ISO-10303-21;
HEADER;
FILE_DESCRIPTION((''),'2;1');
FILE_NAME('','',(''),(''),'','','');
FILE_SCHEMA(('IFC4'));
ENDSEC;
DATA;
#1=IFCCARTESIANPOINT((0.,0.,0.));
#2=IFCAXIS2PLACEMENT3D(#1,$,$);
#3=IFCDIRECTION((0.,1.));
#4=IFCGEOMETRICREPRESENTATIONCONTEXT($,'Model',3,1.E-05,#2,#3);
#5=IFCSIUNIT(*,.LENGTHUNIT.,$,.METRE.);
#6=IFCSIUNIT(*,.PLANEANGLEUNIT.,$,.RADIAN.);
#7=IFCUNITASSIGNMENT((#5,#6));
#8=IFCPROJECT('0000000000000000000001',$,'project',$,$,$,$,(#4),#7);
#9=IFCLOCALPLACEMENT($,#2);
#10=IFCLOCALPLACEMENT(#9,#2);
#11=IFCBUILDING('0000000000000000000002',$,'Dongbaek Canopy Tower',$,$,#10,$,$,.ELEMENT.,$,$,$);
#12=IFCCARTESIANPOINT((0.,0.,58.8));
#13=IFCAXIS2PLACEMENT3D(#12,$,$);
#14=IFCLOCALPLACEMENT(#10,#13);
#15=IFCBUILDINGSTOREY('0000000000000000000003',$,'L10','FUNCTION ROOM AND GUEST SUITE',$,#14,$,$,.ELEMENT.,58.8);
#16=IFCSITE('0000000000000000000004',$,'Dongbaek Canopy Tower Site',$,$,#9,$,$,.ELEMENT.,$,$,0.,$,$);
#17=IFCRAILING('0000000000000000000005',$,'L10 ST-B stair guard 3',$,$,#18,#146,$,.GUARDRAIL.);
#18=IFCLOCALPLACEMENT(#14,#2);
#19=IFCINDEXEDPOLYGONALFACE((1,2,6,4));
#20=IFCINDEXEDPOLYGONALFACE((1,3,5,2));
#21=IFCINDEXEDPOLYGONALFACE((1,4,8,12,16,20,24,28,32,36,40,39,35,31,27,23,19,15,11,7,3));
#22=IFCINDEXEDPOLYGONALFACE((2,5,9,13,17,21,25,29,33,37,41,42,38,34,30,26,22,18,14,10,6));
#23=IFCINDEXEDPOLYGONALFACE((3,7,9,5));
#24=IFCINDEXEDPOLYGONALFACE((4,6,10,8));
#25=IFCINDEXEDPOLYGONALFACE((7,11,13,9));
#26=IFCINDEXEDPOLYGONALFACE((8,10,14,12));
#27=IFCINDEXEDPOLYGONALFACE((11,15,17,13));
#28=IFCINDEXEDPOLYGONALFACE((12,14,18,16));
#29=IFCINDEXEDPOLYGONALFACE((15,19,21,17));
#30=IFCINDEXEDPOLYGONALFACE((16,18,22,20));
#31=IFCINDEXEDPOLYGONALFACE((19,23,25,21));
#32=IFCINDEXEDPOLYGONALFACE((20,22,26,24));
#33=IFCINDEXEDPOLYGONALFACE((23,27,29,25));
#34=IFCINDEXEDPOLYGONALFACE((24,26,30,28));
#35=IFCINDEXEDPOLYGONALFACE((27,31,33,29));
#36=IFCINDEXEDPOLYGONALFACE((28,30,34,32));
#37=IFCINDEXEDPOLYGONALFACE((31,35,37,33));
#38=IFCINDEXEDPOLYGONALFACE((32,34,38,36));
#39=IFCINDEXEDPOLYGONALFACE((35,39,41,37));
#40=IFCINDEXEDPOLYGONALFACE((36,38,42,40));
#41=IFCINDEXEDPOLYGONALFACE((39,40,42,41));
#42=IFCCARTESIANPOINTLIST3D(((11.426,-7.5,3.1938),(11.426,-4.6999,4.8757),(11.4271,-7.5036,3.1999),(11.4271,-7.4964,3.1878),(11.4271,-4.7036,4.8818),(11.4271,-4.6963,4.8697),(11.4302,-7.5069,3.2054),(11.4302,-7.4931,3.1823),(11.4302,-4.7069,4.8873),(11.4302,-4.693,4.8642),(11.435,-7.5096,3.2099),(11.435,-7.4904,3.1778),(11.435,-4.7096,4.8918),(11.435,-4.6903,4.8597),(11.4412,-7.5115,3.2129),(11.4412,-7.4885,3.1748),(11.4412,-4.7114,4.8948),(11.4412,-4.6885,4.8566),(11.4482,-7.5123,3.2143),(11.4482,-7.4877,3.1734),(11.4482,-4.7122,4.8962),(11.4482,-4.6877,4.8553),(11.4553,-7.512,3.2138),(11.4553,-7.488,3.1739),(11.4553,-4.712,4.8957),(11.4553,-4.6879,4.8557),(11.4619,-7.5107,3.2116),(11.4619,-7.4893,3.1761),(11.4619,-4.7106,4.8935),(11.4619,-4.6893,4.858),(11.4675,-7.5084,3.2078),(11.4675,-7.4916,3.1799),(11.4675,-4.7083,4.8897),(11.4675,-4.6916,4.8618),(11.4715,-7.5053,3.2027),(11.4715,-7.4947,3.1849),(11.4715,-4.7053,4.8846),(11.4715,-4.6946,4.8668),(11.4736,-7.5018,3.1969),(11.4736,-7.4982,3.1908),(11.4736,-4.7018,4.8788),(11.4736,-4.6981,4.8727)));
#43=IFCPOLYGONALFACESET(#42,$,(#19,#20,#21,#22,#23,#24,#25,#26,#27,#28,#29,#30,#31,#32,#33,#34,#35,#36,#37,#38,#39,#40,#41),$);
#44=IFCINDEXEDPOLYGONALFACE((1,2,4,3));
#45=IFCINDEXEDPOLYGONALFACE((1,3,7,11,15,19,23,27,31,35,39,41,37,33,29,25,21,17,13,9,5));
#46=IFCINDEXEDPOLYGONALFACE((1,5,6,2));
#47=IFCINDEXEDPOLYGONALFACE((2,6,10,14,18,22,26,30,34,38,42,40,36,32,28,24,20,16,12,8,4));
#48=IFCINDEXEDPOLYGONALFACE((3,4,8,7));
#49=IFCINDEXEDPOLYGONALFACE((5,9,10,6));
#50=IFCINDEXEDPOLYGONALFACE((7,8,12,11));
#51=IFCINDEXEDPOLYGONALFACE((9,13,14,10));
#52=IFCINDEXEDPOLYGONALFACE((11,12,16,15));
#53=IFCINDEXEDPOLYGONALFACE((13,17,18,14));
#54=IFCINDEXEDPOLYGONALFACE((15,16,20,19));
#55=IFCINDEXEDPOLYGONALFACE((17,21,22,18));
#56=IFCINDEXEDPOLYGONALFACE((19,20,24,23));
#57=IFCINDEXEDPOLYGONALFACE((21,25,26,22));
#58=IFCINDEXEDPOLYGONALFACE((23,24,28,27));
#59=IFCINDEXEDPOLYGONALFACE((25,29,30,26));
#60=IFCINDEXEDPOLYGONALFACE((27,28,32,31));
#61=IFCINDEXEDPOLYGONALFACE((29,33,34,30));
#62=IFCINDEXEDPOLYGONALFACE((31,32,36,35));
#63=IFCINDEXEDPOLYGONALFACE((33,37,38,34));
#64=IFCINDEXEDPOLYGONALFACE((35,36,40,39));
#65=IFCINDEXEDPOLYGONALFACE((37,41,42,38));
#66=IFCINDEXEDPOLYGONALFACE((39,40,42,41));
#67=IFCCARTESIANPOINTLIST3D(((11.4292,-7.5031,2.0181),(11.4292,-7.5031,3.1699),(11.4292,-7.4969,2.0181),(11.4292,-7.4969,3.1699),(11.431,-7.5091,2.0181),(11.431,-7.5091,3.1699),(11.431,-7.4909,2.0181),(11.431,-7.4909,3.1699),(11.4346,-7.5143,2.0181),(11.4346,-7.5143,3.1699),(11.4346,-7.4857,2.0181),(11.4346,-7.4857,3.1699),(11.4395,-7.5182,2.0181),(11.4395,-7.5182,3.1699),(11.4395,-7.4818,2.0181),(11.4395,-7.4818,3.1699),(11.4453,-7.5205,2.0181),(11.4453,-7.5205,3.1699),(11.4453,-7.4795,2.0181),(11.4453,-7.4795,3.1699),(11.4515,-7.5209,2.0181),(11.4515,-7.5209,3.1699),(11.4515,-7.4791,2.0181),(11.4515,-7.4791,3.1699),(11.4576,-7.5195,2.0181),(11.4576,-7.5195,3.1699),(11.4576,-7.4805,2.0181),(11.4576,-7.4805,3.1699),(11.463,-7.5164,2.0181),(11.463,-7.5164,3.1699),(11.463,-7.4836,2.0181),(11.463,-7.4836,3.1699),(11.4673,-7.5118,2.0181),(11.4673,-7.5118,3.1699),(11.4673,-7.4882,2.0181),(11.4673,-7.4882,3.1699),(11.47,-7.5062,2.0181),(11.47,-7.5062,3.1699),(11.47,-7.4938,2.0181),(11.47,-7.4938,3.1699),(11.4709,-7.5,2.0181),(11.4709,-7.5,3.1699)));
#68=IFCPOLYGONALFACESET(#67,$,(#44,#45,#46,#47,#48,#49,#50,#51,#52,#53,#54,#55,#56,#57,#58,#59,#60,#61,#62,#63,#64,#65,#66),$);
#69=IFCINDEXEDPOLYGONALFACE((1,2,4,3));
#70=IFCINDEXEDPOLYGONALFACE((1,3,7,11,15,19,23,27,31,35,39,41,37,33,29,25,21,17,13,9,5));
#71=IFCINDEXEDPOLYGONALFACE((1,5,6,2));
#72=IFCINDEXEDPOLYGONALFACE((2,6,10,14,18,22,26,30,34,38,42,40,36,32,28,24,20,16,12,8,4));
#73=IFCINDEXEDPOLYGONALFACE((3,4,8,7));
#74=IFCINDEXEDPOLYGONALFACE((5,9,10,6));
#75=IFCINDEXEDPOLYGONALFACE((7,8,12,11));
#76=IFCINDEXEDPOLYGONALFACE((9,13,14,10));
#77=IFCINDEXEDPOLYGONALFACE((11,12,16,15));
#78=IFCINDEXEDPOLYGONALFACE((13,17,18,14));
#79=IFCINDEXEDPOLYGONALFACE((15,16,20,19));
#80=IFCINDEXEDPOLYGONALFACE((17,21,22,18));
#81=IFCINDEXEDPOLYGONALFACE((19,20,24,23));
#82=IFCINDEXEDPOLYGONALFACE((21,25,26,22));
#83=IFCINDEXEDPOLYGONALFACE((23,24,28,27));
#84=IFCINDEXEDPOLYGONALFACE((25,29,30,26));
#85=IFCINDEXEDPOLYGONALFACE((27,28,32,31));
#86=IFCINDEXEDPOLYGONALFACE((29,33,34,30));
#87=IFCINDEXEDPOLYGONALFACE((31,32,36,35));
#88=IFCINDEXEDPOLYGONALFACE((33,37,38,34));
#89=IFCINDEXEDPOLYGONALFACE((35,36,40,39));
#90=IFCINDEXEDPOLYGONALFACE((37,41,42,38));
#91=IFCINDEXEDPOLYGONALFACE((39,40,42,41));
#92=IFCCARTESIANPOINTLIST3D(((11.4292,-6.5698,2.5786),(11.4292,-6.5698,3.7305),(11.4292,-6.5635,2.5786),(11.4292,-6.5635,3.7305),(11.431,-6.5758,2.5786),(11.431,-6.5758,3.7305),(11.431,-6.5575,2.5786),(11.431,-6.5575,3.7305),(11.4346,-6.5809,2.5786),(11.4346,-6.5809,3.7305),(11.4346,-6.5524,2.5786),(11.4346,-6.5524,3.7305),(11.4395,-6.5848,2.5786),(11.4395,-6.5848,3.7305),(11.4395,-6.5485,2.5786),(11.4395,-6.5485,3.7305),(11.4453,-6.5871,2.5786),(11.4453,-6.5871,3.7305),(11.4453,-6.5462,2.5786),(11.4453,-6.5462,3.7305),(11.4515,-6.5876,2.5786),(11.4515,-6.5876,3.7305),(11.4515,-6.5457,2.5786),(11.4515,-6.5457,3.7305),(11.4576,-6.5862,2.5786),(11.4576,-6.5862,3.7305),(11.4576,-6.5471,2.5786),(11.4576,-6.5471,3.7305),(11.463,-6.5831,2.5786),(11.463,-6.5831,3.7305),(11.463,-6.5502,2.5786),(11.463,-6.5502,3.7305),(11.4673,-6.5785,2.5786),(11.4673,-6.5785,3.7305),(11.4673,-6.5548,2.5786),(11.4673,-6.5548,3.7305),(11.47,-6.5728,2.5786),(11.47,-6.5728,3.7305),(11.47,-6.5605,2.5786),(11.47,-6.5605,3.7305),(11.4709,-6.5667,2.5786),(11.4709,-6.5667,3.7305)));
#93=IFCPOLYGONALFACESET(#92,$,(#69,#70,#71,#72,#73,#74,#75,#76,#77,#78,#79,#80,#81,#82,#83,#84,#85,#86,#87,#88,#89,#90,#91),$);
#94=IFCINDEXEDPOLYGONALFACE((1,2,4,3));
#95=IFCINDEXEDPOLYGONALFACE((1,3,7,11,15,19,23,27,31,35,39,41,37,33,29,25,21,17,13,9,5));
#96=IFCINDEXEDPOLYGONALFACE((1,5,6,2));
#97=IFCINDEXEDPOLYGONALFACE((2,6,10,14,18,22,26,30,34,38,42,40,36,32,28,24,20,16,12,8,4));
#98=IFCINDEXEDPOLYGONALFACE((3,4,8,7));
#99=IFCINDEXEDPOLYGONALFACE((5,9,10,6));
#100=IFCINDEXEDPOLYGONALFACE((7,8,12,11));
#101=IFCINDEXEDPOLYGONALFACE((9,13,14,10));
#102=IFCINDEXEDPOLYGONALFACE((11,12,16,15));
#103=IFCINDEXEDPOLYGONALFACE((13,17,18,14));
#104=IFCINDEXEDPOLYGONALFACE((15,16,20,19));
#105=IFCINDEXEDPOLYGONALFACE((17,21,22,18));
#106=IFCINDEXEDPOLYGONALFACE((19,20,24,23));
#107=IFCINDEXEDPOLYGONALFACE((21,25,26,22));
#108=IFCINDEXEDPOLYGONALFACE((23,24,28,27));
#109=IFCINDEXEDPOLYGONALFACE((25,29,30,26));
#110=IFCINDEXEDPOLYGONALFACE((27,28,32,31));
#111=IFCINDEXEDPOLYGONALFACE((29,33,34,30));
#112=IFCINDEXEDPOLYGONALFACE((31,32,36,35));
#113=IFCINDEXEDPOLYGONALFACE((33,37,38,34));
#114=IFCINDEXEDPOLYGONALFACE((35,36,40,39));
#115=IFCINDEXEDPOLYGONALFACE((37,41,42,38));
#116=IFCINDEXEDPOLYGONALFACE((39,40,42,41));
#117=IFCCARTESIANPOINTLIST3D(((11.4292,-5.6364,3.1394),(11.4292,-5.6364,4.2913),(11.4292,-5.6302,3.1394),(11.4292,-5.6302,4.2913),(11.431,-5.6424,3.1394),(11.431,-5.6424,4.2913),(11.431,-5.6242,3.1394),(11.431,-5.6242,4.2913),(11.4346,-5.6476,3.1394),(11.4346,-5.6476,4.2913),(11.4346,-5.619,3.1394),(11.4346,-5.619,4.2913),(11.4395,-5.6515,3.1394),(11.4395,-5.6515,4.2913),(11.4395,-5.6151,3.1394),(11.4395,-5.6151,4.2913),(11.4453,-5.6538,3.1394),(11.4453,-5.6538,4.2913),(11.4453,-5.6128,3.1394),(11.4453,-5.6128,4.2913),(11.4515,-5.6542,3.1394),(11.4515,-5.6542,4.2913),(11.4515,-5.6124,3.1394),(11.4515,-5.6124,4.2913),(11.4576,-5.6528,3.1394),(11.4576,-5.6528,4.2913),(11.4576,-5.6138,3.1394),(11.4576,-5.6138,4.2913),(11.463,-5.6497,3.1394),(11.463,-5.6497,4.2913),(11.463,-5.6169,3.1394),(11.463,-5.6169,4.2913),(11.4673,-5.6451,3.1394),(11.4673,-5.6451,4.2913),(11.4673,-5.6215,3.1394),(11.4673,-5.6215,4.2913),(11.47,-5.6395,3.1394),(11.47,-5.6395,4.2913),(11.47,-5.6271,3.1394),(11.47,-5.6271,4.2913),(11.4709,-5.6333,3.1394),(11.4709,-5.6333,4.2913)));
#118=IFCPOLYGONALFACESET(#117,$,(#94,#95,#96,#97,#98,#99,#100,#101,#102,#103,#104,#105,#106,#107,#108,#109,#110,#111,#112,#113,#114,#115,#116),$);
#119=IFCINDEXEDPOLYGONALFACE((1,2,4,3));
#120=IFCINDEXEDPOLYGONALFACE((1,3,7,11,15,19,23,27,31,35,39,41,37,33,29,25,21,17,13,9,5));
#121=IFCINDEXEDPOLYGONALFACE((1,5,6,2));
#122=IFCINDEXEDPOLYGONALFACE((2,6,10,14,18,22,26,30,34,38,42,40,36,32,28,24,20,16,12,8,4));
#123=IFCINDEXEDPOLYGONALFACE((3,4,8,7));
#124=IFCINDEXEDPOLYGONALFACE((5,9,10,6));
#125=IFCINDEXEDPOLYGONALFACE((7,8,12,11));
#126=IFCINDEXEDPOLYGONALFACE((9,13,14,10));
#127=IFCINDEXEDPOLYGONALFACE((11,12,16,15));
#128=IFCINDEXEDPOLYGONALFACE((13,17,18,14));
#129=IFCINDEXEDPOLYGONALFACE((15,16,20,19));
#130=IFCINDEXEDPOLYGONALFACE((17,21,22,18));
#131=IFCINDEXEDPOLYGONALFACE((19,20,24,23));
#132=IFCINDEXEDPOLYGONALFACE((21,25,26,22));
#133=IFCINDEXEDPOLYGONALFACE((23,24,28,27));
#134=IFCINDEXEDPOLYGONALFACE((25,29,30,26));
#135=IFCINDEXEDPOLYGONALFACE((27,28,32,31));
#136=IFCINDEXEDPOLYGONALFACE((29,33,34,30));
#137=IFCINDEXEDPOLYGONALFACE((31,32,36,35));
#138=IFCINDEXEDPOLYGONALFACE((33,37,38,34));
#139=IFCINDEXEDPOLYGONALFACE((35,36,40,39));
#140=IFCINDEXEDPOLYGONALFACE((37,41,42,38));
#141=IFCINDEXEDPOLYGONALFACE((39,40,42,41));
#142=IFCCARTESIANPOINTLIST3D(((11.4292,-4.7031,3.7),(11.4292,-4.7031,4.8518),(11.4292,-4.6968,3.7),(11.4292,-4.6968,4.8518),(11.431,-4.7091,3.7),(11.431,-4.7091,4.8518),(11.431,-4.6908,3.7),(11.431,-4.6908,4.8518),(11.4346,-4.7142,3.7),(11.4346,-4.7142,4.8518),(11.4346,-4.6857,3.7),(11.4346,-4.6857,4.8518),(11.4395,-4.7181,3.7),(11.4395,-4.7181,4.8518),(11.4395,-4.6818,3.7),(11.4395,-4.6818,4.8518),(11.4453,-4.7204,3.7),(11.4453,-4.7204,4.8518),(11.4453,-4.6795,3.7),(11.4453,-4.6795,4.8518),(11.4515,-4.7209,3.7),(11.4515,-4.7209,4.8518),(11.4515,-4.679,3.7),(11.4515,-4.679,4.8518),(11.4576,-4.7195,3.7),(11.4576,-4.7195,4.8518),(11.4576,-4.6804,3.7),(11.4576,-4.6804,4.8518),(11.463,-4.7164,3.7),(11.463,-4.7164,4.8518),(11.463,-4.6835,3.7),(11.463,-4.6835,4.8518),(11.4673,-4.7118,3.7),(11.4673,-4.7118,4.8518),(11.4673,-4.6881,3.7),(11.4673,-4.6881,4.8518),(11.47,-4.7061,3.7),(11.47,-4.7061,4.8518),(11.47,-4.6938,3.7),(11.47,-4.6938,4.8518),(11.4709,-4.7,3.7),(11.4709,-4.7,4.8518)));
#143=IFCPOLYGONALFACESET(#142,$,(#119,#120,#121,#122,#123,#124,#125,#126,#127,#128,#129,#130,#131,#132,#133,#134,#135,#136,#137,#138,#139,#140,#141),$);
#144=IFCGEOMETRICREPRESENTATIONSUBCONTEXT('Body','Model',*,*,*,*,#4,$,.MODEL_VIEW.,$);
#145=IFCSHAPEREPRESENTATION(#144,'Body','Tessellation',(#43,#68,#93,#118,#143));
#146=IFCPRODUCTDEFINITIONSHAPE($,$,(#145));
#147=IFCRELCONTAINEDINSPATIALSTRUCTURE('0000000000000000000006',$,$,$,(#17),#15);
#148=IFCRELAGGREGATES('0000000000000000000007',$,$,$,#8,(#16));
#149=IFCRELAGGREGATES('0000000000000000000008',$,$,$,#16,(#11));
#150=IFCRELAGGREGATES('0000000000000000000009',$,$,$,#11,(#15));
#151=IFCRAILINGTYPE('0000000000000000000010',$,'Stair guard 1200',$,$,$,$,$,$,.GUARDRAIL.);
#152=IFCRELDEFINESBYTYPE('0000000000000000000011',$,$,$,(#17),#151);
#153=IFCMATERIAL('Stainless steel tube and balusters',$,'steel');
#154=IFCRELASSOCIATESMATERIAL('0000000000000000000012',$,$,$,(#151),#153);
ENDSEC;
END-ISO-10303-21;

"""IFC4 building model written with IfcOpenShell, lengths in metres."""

from ifc_helpers import new_model, si_unit, direction, frame, origin, origin_2d, place, context, subcontext, project, spatial, circle, extrude, material, type_object, element, save


model = new_model("IFC4")

# Units and contexts
model_context = context("Model", 3, precision=1e-05, world=origin(), true_north=direction((0.0, 1.0)))
body_context = subcontext(model_context, "Body", "Model", "MODEL_VIEW")
ifc_project = project(units=[si_unit("LENGTHUNIT", "METRE"), si_unit("PLANEANGLEUNIT", "RADIAN")], contexts=[model_context])

# Site, building, storey
site_placement = place(None, origin())
site = spatial("IfcSite", under=ifc_project, at=site_placement, Name="Dongbaek Canopy Tower Site", CompositionType="ELEMENT", RefElevation=0.0)
building_placement = place(site_placement, origin())
building = spatial("IfcBuilding", under=site, at=building_placement, Name="Dongbaek Canopy Tower", CompositionType="ELEMENT")
storey_placement = place(building_placement, frame((0.0, 0.0, 58.8)))
storey = spatial("IfcBuildingStorey", under=building, at=storey_placement, Name="L10", Description="FUNCTION ROOM AND GUEST SUITE", CompositionType="ELEMENT", Elevation=58.8)

# Railing
ifc_material_1 = material(Name="Stainless steel tube and balusters", Category="steel")
railing_type_1 = type_object("IfcRailingType", Name="Stair guard 1200", PredefinedType="GUARDRAIL", material=ifc_material_1)
railing_1_placement = place(storey_placement, frame((11.45, -7.5, 2.0181)))
element("IfcRailing", 1, at=railing_1_placement, inside=storey, type_object=railing_type_1, Name="L10 ST-B stair guard 3", PredefinedType="GUARDRAIL", context=body_context, shape_type="SweptSolid", body=[
    extrude(circle(Radius=0.0239, at=origin_2d()), frame((0.0, 0.0, 1.1758), z_axis=(0.0, 0.857242, 0.514913), x_axis=(-1.0, 0.0, 0.0)), (0.0, 0.0, 1.0), 3.2664),
    extrude(circle(Radius=0.021, at=origin_2d()), origin(), (0.0, 0.0, 1.0), 1.1519),
    extrude(circle(Radius=0.021, at=origin_2d()), frame((0.0, 0.9333, 0.5605)), (0.0, 0.0, 1.0), 1.1519),
    extrude(circle(Radius=0.021, at=origin_2d()), frame((0.0, 1.8667, 1.1213)), (0.0, 0.0, 1.0), 1.1519),
    extrude(circle(Radius=0.021, at=origin_2d()), frame((0.0, 2.8, 1.6819)), (0.0, 0.0, 1.0), 1.1519),
])

save(model, "model.ifc")
